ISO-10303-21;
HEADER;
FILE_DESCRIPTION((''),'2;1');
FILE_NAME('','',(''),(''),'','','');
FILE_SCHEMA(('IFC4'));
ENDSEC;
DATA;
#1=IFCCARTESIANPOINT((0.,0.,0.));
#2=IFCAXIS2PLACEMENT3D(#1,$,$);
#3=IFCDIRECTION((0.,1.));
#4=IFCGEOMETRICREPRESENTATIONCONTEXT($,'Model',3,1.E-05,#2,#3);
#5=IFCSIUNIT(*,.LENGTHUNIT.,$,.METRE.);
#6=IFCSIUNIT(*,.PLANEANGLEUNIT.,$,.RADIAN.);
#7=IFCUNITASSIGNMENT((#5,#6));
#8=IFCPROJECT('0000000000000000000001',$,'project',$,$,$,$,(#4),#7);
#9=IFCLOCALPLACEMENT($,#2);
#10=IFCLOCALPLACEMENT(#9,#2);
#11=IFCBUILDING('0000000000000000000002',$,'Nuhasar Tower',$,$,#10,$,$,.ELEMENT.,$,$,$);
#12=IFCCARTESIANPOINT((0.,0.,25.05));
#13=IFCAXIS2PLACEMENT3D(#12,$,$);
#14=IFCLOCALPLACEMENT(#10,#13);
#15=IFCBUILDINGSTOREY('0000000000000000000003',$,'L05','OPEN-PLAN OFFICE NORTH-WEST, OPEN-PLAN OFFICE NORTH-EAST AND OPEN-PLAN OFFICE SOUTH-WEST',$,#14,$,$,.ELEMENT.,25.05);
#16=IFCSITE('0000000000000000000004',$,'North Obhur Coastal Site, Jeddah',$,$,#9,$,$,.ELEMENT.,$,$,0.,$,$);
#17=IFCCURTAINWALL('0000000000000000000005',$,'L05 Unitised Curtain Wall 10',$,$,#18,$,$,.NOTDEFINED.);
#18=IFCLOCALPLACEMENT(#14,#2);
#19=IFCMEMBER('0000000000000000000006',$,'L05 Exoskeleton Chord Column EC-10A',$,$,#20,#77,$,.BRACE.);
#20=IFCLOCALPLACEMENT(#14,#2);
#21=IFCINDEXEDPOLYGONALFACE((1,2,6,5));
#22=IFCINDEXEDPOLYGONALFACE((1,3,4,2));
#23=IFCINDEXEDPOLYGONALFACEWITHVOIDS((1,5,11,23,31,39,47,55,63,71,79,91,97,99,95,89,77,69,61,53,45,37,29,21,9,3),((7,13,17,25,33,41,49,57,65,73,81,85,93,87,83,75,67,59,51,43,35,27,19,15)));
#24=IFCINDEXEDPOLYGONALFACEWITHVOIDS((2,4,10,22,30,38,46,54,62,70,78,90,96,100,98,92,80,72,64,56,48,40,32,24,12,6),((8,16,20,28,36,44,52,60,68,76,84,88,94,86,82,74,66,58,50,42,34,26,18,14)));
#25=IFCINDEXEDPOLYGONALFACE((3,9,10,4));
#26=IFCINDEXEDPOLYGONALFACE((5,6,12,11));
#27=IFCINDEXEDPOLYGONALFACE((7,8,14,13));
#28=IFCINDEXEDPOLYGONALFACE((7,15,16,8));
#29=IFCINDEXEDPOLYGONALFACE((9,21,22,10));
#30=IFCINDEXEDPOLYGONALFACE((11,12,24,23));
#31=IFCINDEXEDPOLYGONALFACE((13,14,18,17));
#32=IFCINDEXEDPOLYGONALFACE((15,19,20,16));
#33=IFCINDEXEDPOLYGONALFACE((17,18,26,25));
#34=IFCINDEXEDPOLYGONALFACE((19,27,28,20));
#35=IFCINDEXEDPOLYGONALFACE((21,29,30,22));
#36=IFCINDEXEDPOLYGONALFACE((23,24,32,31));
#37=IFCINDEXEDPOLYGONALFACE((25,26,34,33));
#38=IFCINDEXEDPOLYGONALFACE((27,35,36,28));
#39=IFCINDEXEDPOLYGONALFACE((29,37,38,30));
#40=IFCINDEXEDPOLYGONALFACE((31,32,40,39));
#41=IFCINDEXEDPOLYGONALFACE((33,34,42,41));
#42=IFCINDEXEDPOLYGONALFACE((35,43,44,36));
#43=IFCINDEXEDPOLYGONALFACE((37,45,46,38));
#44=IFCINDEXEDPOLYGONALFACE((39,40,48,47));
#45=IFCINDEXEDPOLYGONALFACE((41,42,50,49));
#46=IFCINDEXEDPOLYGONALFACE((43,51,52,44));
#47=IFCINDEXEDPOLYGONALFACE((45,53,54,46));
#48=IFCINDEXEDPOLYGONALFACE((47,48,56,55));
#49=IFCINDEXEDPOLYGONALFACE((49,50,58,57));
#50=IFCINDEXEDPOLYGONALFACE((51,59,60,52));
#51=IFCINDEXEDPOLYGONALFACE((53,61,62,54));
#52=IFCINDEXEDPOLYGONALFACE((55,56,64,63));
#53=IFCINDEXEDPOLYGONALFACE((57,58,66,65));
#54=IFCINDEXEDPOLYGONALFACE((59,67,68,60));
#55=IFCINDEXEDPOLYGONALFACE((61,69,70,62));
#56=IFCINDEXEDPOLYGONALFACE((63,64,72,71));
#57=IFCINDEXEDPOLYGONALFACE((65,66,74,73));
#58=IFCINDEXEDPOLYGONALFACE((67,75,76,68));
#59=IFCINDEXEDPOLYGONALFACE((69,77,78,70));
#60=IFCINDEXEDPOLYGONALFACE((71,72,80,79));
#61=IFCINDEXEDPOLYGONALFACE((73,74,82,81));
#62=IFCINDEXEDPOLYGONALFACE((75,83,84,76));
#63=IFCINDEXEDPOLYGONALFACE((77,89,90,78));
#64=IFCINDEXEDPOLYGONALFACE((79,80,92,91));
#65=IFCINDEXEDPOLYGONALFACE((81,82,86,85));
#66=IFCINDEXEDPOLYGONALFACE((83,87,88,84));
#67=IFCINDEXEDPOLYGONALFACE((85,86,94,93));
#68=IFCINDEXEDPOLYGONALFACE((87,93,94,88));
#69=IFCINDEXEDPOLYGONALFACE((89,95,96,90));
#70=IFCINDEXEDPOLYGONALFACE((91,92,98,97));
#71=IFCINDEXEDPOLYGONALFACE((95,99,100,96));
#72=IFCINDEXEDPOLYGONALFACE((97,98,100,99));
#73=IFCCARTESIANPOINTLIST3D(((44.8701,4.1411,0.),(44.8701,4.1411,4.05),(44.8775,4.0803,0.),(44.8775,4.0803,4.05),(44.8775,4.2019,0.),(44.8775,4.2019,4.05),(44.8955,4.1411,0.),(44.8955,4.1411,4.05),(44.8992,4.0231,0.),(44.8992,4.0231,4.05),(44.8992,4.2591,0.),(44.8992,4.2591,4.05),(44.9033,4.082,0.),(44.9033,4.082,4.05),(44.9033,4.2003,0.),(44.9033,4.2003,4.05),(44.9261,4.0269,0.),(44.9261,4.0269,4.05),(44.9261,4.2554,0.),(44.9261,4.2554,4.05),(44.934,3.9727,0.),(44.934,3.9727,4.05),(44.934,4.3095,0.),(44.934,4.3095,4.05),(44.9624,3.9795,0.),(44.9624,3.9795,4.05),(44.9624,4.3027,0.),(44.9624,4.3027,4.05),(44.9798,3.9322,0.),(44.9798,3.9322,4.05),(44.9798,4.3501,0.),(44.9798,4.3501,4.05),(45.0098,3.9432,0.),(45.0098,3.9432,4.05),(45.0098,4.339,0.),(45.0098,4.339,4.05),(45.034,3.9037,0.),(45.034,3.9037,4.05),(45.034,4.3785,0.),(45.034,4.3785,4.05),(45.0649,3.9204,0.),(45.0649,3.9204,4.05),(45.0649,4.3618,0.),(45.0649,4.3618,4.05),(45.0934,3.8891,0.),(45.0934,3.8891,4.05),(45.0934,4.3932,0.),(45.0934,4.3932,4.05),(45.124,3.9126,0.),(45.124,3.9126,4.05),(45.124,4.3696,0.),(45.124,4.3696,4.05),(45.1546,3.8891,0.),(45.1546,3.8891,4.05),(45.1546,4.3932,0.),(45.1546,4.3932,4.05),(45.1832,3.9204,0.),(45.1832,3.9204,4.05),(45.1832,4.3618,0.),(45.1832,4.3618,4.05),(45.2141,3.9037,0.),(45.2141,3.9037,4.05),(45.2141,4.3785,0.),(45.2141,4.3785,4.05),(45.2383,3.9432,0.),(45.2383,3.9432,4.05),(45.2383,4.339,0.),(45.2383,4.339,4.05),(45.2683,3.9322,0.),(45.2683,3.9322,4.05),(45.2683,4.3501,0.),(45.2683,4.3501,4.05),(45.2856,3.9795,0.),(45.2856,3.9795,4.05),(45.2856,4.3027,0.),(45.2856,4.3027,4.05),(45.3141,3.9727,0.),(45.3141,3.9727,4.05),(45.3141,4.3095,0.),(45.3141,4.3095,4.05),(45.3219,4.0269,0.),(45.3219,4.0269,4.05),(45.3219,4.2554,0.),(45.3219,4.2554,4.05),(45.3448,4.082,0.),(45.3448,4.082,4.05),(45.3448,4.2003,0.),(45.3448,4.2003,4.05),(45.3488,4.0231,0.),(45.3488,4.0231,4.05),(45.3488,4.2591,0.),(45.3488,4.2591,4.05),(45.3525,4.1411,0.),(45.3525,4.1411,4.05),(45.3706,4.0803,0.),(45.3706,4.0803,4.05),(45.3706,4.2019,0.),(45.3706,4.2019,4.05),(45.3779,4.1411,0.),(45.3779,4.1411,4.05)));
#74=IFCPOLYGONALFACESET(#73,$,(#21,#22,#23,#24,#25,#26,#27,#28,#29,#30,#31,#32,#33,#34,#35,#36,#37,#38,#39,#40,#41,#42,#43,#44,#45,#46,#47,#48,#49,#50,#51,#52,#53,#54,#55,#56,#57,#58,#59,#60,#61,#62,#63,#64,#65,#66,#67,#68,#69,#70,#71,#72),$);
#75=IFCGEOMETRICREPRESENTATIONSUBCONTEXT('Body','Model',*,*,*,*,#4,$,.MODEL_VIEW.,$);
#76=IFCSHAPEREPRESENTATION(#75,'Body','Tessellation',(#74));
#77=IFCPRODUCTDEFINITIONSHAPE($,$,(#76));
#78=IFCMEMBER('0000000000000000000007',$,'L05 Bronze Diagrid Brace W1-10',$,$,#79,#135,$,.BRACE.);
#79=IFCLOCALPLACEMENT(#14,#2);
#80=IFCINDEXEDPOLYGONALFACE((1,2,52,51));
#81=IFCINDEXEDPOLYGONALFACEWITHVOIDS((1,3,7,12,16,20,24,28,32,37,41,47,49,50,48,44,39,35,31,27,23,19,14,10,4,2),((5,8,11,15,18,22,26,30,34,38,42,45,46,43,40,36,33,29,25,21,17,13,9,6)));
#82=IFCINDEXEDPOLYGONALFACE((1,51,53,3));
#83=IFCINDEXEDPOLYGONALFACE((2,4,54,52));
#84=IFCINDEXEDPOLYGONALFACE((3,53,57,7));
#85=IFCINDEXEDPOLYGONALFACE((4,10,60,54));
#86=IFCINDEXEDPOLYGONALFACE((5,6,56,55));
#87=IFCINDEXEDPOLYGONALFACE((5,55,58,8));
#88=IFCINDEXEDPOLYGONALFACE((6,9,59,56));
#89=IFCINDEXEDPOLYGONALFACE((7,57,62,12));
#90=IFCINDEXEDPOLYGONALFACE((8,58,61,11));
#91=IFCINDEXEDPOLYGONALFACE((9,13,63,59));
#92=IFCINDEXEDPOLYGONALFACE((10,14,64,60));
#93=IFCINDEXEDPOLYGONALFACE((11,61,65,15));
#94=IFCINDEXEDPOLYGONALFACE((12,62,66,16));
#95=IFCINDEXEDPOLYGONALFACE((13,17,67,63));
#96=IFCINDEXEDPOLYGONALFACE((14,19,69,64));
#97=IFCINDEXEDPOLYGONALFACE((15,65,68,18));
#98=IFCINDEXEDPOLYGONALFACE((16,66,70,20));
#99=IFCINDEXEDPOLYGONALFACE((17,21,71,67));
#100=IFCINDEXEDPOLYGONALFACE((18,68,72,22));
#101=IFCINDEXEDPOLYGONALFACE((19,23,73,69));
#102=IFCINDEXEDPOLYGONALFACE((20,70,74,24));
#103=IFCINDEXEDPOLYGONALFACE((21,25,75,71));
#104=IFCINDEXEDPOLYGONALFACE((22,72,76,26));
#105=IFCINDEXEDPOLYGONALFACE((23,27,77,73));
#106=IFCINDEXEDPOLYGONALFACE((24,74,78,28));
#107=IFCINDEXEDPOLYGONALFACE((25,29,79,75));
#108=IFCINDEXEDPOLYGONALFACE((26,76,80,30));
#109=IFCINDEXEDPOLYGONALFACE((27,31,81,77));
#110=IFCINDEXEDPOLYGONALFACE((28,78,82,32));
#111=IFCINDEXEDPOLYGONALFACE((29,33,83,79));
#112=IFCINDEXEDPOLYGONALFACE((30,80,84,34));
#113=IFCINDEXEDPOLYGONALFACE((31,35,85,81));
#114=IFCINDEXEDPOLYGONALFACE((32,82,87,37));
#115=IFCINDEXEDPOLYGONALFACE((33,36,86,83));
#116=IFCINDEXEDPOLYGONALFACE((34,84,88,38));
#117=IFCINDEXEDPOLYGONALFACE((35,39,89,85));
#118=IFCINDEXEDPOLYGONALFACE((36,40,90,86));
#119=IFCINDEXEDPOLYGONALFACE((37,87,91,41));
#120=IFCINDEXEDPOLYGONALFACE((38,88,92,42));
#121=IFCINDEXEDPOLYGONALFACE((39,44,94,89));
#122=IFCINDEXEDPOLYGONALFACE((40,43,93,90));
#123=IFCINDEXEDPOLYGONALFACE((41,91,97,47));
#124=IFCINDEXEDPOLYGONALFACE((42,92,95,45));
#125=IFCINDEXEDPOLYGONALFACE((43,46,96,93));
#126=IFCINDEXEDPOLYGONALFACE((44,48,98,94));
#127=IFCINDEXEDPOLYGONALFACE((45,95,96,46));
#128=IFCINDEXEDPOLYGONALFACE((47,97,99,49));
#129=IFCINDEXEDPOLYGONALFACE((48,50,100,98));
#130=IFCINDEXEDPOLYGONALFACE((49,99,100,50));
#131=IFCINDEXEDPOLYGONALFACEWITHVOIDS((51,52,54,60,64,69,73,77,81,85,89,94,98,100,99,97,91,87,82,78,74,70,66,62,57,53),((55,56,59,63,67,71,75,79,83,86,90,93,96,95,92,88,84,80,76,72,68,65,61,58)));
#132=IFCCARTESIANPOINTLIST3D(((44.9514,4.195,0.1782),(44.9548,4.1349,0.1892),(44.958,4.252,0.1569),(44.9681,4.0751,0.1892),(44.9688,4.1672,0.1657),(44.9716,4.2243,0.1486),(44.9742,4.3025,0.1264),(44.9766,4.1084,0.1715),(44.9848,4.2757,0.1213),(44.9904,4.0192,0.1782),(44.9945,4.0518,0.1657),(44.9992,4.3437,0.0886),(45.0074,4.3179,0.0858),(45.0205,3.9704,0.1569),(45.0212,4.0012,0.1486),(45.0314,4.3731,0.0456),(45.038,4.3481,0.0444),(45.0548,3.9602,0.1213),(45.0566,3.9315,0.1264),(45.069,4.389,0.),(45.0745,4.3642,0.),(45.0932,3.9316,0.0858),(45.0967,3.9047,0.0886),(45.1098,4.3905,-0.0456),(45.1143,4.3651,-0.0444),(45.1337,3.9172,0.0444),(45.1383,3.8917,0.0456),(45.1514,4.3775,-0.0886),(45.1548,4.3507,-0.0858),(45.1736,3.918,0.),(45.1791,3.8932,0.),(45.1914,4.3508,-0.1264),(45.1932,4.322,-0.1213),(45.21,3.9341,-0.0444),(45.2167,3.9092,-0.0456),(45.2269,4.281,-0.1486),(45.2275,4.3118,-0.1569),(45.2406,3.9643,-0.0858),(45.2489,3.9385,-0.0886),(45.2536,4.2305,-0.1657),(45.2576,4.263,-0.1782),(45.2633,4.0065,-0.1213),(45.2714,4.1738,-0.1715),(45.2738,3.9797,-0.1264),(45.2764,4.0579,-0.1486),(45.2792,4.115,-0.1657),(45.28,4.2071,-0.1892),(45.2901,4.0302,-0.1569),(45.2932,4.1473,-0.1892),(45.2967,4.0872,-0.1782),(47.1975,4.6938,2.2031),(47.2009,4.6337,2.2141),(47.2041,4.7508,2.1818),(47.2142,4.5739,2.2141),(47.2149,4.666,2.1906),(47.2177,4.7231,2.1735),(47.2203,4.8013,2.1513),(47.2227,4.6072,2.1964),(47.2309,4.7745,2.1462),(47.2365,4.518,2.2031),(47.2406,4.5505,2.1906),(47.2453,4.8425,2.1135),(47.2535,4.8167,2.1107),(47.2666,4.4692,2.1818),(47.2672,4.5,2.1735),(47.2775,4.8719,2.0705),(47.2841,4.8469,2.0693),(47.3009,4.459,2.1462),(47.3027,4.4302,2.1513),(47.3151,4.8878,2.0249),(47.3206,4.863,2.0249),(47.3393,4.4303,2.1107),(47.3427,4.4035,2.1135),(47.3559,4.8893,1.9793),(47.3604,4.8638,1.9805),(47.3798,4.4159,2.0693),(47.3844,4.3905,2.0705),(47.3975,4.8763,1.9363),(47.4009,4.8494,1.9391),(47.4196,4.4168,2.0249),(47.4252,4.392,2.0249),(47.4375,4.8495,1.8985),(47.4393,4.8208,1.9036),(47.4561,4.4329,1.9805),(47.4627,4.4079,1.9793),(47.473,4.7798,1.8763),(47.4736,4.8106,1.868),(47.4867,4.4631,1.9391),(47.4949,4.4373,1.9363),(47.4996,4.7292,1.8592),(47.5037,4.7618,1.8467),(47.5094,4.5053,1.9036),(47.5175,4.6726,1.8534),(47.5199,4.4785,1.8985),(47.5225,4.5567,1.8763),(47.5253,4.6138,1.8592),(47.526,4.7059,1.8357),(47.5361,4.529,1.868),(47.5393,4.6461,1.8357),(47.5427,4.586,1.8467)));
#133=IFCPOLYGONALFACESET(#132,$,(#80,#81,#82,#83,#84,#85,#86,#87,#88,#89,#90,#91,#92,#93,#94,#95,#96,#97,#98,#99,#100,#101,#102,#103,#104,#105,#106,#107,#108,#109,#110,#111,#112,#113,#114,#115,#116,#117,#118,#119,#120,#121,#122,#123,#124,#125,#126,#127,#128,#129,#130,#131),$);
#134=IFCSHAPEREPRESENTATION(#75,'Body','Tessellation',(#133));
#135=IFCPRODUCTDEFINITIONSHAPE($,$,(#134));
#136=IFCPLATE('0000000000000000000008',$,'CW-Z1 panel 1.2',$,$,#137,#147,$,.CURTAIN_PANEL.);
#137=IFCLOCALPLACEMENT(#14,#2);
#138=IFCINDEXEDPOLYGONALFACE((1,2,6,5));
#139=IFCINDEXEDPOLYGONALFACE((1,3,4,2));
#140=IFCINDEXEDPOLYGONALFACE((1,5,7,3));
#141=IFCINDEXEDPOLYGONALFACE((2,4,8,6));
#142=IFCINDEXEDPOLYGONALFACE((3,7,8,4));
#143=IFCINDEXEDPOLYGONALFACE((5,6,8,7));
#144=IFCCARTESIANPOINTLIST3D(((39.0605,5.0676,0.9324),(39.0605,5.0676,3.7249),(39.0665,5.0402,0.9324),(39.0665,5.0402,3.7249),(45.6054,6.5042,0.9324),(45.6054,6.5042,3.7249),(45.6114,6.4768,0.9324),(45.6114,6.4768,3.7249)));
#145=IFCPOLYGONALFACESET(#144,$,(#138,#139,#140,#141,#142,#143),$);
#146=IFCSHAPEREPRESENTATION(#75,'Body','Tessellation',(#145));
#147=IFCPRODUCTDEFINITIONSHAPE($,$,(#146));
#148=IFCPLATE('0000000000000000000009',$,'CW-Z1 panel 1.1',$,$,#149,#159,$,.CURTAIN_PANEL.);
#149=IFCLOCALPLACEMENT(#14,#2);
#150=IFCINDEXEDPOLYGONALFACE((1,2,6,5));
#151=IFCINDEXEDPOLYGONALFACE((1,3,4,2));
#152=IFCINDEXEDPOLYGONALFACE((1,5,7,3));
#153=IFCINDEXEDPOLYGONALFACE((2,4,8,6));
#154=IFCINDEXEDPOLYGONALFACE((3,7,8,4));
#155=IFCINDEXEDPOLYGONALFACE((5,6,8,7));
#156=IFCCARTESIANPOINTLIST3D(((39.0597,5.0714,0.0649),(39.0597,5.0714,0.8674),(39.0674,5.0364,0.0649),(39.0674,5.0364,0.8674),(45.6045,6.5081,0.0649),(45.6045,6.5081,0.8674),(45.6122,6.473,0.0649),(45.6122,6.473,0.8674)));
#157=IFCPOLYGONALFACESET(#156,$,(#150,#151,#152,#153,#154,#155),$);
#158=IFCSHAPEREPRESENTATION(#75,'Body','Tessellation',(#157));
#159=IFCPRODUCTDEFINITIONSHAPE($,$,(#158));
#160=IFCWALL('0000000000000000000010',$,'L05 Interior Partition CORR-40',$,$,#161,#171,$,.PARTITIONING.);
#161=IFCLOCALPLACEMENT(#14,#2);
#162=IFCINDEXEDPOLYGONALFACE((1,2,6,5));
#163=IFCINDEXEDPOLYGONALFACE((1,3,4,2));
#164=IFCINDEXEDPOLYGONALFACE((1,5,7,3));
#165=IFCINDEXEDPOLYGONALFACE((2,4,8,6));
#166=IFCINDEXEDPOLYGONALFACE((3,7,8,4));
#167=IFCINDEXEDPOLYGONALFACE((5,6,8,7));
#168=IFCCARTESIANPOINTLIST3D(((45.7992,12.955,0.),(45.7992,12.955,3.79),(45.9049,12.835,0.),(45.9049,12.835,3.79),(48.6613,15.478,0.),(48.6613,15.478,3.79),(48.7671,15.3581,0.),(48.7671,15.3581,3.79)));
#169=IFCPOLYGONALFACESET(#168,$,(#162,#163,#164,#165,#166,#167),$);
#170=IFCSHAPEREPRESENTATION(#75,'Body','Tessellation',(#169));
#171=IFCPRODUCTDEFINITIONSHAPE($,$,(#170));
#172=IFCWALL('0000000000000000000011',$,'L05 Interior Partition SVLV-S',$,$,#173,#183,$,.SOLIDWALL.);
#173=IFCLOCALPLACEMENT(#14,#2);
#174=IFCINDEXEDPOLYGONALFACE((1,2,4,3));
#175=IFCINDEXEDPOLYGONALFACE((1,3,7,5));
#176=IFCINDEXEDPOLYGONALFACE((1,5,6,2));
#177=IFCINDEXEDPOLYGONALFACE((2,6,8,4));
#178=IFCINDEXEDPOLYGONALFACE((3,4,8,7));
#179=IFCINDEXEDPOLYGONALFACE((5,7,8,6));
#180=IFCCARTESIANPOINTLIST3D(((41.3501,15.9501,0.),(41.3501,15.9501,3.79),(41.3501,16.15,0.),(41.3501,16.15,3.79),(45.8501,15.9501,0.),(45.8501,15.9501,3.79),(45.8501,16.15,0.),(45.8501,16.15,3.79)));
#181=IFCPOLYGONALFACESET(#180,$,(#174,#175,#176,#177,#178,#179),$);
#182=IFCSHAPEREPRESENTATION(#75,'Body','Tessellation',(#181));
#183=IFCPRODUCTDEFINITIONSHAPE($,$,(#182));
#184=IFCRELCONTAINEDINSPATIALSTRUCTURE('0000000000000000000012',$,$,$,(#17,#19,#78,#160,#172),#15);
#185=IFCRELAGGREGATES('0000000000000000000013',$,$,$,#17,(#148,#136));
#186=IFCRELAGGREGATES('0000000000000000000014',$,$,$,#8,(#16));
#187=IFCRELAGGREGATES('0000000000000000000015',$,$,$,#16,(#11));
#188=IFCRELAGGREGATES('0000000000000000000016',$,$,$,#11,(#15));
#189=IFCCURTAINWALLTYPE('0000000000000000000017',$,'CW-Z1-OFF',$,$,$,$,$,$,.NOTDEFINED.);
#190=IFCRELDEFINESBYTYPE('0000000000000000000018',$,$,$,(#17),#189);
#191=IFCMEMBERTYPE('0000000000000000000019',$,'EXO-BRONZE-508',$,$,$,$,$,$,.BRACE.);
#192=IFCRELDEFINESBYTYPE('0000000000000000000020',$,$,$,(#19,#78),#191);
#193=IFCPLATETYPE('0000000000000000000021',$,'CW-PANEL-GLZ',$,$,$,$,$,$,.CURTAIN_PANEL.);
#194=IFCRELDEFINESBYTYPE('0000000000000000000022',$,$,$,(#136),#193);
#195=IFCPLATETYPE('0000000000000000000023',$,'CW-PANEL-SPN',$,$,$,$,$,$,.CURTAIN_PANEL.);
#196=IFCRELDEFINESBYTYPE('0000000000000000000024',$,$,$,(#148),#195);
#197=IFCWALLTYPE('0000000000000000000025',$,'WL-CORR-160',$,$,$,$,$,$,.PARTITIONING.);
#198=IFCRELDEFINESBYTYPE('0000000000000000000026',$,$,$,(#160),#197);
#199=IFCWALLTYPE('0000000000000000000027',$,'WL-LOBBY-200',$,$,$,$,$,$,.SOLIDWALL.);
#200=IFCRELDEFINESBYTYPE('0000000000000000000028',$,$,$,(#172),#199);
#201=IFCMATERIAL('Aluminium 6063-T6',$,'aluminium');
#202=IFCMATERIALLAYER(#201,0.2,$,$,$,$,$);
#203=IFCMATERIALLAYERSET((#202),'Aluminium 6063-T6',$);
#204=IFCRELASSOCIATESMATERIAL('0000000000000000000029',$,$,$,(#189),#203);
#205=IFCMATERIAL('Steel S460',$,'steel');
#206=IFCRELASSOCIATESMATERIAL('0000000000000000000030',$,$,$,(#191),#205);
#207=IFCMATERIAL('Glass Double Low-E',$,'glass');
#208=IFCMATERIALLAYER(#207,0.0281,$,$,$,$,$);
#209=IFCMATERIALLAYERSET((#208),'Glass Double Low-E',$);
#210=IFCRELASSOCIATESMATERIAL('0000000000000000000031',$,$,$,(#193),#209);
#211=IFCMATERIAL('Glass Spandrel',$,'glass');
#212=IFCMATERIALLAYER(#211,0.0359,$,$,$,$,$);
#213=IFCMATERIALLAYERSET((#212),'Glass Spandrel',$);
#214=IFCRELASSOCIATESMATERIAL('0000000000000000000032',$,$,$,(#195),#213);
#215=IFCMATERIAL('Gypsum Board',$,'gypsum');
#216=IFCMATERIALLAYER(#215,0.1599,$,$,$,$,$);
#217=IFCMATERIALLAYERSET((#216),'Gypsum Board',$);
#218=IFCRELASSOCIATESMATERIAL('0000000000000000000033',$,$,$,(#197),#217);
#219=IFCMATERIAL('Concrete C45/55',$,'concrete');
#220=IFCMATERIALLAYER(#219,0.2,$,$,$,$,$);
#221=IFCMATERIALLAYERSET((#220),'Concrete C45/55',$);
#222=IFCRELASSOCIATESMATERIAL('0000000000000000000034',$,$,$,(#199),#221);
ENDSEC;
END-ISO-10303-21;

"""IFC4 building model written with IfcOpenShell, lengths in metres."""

from ifc_helpers import new_model, si_unit, direction, frame, frame_2d, origin, origin_2d, place, context, subcontext, project, spatial, rectangle, hollow_circle, extrude, material, layer, layer_set, material_profile, profile_set, type_object, element, aggregate, save


model = new_model("IFC4")

# Units and contexts
model_context = context("Model", 3, precision=1e-05, world=origin(), true_north=direction((0.0, 1.0)))
body_context = subcontext(model_context, "Body", "Model", "MODEL_VIEW")
ifc_project = project(units=[si_unit("LENGTHUNIT", "METRE"), si_unit("PLANEANGLEUNIT", "RADIAN")], contexts=[model_context])

# Site, building, storey
site_placement = place(None, origin())
site = spatial("IfcSite", under=ifc_project, at=site_placement, Name="North Obhur Coastal Site, Jeddah", CompositionType="ELEMENT", RefElevation=0.0)
building_placement = place(site_placement, origin())
building = spatial("IfcBuilding", under=site, at=building_placement, Name="Nuhasar Tower", CompositionType="ELEMENT")
storey_placement = place(building_placement, frame((0.0, 0.0, 25.05)))
storey = spatial("IfcBuildingStorey", under=building, at=storey_placement, Name="L05", Description="OPEN-PLAN OFFICE NORTH-WEST, OPEN-PLAN OFFICE NORTH-EAST AND OPEN-PLAN OFFICE SOUTH-WEST", CompositionType="ELEMENT", Elevation=25.05)

# Curtain wall
ifc_material_1 = material(Name="Aluminium 6063-T6", Category="aluminium")
ifc_layer_1 = layer(ifc_material_1, 0.2)
ifc_layer_set_1 = layer_set([ifc_layer_1], Name="Aluminium 6063-T6")
curtain_wall_type = type_object("IfcCurtainWallType", Name="CW-Z1-OFF", PredefinedType="NOTDEFINED", material=ifc_layer_set_1)
curtain_wall_placement = place(storey_placement, origin())
curtain_wall = element("IfcCurtainWall", 1, at=curtain_wall_placement, inside=storey, type_object=curtain_wall_type, Name="L05 Unitised Curtain Wall 10", PredefinedType="NOTDEFINED")

# Members
ifc_material_2 = material(Name="Steel S460", Category="steel")
ifc_material_profile_1 = material_profile(ifc_material_2, hollow_circle(Radius=0.2539, WallThickness=0.0254, at=origin_2d()), Name="HSS508X25.4")
ifc_profile_set_1 = profile_set([ifc_material_profile_1], Name="Steel S460")
member_type_1 = type_object("IfcMemberType", Name="EXO-BRONZE-508", PredefinedType="BRACE", material=ifc_profile_set_1)
member_1_placement = place(storey_placement, frame((45.124, 4.1411, 0.0), z_axis=(0.0, 0.0, 1.0), x_axis=(1.0, 0.0, 0.0)))
element("IfcMember", 2, at=member_1_placement, inside=storey, type_object=member_type_1, Name="L05 Exoskeleton Chord Column EC-10A", PredefinedType="BRACE", context=body_context, shape_type="SweptSolid", body=[
    extrude(hollow_circle(Radius=0.2539, WallThickness=0.0254, at=origin_2d()), origin(), (0.0, 0.0, 1.0), 4.05),
])
member_2_placement = place(storey_placement, frame((45.124, 4.1411, 0.0), z_axis=(0.732831, 0.162736, 0.660663), x_axis=(-0.216784, 0.97622, 0.0)))
element("IfcMember", 3, at=member_2_placement, inside=storey, type_object=member_type_1, Name="L05 Bronze Diagrid Brace W1-10", PredefinedType="BRACE", context=body_context, shape_type="SweptSolid", body=[
    extrude(hollow_circle(Radius=0.2539, WallThickness=0.0254, at=origin_2d()), origin(), (0.0, 0.0, 1.0), 3.0649),
])

# Plates
ifc_material_3 = material(Name="Glass Double Low-E", Category="glass")
ifc_layer_2 = layer(ifc_material_3, 0.0281)
ifc_layer_set_2 = layer_set([ifc_layer_2], Name="Glass Double Low-E")
plate_type_1 = type_object("IfcPlateType", Name="CW-PANEL-GLZ", PredefinedType="CURTAIN_PANEL", material=ifc_layer_set_2)
plate_1_placement = place(storey_placement, frame((42.3359, 5.7722, 0.9324), z_axis=(0.0, 0.0, 1.0), x_axis=(0.976746, 0.214399, 0.0)))
plate_1 = element("IfcPlate", 4, at=plate_1_placement, type_object=plate_type_1, Name="CW-Z1 panel 1.2", PredefinedType="CURTAIN_PANEL", context=body_context, shape_type="SweptSolid", body=[
    extrude(rectangle(XDim=6.7007, YDim=0.0281, at=origin_2d()), origin(), (0.0, 0.0, 1.0), 2.7925),
])
ifc_material_4 = material(Name="Glass Spandrel", Category="glass")
ifc_layer_3 = layer(ifc_material_4, 0.0359)
ifc_layer_set_3 = layer_set([ifc_layer_3], Name="Glass Spandrel")
plate_type_2 = type_object("IfcPlateType", Name="CW-PANEL-SPN", PredefinedType="CURTAIN_PANEL", material=ifc_layer_set_3)
plate_2_placement = place(storey_placement, frame((42.3359, 5.7722, 0.0649), z_axis=(0.0, 0.0, 1.0), x_axis=(0.976746, 0.214399, 0.0)))
plate_2 = element("IfcPlate", 5, at=plate_2_placement, type_object=plate_type_2, Name="CW-Z1 panel 1.1", PredefinedType="CURTAIN_PANEL", context=body_context, shape_type="SweptSolid", body=[
    extrude(rectangle(XDim=6.7007, YDim=0.0359, at=origin_2d()), origin(), (0.0, 0.0, 1.0), 0.8025),
])
aggregate(curtain_wall, [plate_2, plate_1])

# Shared definitions
ifc_material_5 = material(Name="Gypsum Board", Category="gypsum")
ifc_layer_4 = layer(ifc_material_5, 0.1599)
ifc_layer_set_4 = layer_set([ifc_layer_4], Name="Gypsum Board")
wall_type_1 = type_object("IfcWallType", Name="WL-CORR-160", PredefinedType="PARTITIONING", material=ifc_layer_set_4)

# Wall
wall_1_placement = place(storey_placement, frame((45.8521, 12.895, 0.0), z_axis=(0.0, 0.0, 1.0), x_axis=(0.75015, 0.661268, 0.0)))
element("IfcWall", 6, at=wall_1_placement, inside=storey, type_object=wall_type_1, Name="L05 Interior Partition CORR-40", PredefinedType="PARTITIONING", context=body_context, shape_type="SweptSolid", body=[
    extrude(rectangle(XDim=3.8154, YDim=0.1599, at=frame_2d((1.9077, 0.0))), origin(), (0.0, 0.0, 1.0), 3.79),
])

# Shared definitions
ifc_material_6 = material(Name="Concrete C45/55", Category="concrete")
ifc_layer_5 = layer(ifc_material_6, 0.2)
ifc_layer_set_5 = layer_set([ifc_layer_5], Name="Concrete C45/55")
wall_type_2 = type_object("IfcWallType", Name="WL-LOBBY-200", PredefinedType="SOLIDWALL", material=ifc_layer_set_5)

# Wall
wall_2_placement = place(storey_placement, frame((41.3501, 16.05, 0.0), z_axis=(0.0, 0.0, 1.0), x_axis=(1.0, 0.0, 0.0)))
element("IfcWall", 7, at=wall_2_placement, inside=storey, type_object=wall_type_2, Name="L05 Interior Partition SVLV-S", PredefinedType="SOLIDWALL", context=body_context, shape_type="SweptSolid", body=[
    extrude(rectangle(XDim=4.5, YDim=0.2, at=frame_2d((2.25, 0.0))), origin(), (0.0, 0.0, 1.0), 3.79),
])

save(model, "model.ifc")
